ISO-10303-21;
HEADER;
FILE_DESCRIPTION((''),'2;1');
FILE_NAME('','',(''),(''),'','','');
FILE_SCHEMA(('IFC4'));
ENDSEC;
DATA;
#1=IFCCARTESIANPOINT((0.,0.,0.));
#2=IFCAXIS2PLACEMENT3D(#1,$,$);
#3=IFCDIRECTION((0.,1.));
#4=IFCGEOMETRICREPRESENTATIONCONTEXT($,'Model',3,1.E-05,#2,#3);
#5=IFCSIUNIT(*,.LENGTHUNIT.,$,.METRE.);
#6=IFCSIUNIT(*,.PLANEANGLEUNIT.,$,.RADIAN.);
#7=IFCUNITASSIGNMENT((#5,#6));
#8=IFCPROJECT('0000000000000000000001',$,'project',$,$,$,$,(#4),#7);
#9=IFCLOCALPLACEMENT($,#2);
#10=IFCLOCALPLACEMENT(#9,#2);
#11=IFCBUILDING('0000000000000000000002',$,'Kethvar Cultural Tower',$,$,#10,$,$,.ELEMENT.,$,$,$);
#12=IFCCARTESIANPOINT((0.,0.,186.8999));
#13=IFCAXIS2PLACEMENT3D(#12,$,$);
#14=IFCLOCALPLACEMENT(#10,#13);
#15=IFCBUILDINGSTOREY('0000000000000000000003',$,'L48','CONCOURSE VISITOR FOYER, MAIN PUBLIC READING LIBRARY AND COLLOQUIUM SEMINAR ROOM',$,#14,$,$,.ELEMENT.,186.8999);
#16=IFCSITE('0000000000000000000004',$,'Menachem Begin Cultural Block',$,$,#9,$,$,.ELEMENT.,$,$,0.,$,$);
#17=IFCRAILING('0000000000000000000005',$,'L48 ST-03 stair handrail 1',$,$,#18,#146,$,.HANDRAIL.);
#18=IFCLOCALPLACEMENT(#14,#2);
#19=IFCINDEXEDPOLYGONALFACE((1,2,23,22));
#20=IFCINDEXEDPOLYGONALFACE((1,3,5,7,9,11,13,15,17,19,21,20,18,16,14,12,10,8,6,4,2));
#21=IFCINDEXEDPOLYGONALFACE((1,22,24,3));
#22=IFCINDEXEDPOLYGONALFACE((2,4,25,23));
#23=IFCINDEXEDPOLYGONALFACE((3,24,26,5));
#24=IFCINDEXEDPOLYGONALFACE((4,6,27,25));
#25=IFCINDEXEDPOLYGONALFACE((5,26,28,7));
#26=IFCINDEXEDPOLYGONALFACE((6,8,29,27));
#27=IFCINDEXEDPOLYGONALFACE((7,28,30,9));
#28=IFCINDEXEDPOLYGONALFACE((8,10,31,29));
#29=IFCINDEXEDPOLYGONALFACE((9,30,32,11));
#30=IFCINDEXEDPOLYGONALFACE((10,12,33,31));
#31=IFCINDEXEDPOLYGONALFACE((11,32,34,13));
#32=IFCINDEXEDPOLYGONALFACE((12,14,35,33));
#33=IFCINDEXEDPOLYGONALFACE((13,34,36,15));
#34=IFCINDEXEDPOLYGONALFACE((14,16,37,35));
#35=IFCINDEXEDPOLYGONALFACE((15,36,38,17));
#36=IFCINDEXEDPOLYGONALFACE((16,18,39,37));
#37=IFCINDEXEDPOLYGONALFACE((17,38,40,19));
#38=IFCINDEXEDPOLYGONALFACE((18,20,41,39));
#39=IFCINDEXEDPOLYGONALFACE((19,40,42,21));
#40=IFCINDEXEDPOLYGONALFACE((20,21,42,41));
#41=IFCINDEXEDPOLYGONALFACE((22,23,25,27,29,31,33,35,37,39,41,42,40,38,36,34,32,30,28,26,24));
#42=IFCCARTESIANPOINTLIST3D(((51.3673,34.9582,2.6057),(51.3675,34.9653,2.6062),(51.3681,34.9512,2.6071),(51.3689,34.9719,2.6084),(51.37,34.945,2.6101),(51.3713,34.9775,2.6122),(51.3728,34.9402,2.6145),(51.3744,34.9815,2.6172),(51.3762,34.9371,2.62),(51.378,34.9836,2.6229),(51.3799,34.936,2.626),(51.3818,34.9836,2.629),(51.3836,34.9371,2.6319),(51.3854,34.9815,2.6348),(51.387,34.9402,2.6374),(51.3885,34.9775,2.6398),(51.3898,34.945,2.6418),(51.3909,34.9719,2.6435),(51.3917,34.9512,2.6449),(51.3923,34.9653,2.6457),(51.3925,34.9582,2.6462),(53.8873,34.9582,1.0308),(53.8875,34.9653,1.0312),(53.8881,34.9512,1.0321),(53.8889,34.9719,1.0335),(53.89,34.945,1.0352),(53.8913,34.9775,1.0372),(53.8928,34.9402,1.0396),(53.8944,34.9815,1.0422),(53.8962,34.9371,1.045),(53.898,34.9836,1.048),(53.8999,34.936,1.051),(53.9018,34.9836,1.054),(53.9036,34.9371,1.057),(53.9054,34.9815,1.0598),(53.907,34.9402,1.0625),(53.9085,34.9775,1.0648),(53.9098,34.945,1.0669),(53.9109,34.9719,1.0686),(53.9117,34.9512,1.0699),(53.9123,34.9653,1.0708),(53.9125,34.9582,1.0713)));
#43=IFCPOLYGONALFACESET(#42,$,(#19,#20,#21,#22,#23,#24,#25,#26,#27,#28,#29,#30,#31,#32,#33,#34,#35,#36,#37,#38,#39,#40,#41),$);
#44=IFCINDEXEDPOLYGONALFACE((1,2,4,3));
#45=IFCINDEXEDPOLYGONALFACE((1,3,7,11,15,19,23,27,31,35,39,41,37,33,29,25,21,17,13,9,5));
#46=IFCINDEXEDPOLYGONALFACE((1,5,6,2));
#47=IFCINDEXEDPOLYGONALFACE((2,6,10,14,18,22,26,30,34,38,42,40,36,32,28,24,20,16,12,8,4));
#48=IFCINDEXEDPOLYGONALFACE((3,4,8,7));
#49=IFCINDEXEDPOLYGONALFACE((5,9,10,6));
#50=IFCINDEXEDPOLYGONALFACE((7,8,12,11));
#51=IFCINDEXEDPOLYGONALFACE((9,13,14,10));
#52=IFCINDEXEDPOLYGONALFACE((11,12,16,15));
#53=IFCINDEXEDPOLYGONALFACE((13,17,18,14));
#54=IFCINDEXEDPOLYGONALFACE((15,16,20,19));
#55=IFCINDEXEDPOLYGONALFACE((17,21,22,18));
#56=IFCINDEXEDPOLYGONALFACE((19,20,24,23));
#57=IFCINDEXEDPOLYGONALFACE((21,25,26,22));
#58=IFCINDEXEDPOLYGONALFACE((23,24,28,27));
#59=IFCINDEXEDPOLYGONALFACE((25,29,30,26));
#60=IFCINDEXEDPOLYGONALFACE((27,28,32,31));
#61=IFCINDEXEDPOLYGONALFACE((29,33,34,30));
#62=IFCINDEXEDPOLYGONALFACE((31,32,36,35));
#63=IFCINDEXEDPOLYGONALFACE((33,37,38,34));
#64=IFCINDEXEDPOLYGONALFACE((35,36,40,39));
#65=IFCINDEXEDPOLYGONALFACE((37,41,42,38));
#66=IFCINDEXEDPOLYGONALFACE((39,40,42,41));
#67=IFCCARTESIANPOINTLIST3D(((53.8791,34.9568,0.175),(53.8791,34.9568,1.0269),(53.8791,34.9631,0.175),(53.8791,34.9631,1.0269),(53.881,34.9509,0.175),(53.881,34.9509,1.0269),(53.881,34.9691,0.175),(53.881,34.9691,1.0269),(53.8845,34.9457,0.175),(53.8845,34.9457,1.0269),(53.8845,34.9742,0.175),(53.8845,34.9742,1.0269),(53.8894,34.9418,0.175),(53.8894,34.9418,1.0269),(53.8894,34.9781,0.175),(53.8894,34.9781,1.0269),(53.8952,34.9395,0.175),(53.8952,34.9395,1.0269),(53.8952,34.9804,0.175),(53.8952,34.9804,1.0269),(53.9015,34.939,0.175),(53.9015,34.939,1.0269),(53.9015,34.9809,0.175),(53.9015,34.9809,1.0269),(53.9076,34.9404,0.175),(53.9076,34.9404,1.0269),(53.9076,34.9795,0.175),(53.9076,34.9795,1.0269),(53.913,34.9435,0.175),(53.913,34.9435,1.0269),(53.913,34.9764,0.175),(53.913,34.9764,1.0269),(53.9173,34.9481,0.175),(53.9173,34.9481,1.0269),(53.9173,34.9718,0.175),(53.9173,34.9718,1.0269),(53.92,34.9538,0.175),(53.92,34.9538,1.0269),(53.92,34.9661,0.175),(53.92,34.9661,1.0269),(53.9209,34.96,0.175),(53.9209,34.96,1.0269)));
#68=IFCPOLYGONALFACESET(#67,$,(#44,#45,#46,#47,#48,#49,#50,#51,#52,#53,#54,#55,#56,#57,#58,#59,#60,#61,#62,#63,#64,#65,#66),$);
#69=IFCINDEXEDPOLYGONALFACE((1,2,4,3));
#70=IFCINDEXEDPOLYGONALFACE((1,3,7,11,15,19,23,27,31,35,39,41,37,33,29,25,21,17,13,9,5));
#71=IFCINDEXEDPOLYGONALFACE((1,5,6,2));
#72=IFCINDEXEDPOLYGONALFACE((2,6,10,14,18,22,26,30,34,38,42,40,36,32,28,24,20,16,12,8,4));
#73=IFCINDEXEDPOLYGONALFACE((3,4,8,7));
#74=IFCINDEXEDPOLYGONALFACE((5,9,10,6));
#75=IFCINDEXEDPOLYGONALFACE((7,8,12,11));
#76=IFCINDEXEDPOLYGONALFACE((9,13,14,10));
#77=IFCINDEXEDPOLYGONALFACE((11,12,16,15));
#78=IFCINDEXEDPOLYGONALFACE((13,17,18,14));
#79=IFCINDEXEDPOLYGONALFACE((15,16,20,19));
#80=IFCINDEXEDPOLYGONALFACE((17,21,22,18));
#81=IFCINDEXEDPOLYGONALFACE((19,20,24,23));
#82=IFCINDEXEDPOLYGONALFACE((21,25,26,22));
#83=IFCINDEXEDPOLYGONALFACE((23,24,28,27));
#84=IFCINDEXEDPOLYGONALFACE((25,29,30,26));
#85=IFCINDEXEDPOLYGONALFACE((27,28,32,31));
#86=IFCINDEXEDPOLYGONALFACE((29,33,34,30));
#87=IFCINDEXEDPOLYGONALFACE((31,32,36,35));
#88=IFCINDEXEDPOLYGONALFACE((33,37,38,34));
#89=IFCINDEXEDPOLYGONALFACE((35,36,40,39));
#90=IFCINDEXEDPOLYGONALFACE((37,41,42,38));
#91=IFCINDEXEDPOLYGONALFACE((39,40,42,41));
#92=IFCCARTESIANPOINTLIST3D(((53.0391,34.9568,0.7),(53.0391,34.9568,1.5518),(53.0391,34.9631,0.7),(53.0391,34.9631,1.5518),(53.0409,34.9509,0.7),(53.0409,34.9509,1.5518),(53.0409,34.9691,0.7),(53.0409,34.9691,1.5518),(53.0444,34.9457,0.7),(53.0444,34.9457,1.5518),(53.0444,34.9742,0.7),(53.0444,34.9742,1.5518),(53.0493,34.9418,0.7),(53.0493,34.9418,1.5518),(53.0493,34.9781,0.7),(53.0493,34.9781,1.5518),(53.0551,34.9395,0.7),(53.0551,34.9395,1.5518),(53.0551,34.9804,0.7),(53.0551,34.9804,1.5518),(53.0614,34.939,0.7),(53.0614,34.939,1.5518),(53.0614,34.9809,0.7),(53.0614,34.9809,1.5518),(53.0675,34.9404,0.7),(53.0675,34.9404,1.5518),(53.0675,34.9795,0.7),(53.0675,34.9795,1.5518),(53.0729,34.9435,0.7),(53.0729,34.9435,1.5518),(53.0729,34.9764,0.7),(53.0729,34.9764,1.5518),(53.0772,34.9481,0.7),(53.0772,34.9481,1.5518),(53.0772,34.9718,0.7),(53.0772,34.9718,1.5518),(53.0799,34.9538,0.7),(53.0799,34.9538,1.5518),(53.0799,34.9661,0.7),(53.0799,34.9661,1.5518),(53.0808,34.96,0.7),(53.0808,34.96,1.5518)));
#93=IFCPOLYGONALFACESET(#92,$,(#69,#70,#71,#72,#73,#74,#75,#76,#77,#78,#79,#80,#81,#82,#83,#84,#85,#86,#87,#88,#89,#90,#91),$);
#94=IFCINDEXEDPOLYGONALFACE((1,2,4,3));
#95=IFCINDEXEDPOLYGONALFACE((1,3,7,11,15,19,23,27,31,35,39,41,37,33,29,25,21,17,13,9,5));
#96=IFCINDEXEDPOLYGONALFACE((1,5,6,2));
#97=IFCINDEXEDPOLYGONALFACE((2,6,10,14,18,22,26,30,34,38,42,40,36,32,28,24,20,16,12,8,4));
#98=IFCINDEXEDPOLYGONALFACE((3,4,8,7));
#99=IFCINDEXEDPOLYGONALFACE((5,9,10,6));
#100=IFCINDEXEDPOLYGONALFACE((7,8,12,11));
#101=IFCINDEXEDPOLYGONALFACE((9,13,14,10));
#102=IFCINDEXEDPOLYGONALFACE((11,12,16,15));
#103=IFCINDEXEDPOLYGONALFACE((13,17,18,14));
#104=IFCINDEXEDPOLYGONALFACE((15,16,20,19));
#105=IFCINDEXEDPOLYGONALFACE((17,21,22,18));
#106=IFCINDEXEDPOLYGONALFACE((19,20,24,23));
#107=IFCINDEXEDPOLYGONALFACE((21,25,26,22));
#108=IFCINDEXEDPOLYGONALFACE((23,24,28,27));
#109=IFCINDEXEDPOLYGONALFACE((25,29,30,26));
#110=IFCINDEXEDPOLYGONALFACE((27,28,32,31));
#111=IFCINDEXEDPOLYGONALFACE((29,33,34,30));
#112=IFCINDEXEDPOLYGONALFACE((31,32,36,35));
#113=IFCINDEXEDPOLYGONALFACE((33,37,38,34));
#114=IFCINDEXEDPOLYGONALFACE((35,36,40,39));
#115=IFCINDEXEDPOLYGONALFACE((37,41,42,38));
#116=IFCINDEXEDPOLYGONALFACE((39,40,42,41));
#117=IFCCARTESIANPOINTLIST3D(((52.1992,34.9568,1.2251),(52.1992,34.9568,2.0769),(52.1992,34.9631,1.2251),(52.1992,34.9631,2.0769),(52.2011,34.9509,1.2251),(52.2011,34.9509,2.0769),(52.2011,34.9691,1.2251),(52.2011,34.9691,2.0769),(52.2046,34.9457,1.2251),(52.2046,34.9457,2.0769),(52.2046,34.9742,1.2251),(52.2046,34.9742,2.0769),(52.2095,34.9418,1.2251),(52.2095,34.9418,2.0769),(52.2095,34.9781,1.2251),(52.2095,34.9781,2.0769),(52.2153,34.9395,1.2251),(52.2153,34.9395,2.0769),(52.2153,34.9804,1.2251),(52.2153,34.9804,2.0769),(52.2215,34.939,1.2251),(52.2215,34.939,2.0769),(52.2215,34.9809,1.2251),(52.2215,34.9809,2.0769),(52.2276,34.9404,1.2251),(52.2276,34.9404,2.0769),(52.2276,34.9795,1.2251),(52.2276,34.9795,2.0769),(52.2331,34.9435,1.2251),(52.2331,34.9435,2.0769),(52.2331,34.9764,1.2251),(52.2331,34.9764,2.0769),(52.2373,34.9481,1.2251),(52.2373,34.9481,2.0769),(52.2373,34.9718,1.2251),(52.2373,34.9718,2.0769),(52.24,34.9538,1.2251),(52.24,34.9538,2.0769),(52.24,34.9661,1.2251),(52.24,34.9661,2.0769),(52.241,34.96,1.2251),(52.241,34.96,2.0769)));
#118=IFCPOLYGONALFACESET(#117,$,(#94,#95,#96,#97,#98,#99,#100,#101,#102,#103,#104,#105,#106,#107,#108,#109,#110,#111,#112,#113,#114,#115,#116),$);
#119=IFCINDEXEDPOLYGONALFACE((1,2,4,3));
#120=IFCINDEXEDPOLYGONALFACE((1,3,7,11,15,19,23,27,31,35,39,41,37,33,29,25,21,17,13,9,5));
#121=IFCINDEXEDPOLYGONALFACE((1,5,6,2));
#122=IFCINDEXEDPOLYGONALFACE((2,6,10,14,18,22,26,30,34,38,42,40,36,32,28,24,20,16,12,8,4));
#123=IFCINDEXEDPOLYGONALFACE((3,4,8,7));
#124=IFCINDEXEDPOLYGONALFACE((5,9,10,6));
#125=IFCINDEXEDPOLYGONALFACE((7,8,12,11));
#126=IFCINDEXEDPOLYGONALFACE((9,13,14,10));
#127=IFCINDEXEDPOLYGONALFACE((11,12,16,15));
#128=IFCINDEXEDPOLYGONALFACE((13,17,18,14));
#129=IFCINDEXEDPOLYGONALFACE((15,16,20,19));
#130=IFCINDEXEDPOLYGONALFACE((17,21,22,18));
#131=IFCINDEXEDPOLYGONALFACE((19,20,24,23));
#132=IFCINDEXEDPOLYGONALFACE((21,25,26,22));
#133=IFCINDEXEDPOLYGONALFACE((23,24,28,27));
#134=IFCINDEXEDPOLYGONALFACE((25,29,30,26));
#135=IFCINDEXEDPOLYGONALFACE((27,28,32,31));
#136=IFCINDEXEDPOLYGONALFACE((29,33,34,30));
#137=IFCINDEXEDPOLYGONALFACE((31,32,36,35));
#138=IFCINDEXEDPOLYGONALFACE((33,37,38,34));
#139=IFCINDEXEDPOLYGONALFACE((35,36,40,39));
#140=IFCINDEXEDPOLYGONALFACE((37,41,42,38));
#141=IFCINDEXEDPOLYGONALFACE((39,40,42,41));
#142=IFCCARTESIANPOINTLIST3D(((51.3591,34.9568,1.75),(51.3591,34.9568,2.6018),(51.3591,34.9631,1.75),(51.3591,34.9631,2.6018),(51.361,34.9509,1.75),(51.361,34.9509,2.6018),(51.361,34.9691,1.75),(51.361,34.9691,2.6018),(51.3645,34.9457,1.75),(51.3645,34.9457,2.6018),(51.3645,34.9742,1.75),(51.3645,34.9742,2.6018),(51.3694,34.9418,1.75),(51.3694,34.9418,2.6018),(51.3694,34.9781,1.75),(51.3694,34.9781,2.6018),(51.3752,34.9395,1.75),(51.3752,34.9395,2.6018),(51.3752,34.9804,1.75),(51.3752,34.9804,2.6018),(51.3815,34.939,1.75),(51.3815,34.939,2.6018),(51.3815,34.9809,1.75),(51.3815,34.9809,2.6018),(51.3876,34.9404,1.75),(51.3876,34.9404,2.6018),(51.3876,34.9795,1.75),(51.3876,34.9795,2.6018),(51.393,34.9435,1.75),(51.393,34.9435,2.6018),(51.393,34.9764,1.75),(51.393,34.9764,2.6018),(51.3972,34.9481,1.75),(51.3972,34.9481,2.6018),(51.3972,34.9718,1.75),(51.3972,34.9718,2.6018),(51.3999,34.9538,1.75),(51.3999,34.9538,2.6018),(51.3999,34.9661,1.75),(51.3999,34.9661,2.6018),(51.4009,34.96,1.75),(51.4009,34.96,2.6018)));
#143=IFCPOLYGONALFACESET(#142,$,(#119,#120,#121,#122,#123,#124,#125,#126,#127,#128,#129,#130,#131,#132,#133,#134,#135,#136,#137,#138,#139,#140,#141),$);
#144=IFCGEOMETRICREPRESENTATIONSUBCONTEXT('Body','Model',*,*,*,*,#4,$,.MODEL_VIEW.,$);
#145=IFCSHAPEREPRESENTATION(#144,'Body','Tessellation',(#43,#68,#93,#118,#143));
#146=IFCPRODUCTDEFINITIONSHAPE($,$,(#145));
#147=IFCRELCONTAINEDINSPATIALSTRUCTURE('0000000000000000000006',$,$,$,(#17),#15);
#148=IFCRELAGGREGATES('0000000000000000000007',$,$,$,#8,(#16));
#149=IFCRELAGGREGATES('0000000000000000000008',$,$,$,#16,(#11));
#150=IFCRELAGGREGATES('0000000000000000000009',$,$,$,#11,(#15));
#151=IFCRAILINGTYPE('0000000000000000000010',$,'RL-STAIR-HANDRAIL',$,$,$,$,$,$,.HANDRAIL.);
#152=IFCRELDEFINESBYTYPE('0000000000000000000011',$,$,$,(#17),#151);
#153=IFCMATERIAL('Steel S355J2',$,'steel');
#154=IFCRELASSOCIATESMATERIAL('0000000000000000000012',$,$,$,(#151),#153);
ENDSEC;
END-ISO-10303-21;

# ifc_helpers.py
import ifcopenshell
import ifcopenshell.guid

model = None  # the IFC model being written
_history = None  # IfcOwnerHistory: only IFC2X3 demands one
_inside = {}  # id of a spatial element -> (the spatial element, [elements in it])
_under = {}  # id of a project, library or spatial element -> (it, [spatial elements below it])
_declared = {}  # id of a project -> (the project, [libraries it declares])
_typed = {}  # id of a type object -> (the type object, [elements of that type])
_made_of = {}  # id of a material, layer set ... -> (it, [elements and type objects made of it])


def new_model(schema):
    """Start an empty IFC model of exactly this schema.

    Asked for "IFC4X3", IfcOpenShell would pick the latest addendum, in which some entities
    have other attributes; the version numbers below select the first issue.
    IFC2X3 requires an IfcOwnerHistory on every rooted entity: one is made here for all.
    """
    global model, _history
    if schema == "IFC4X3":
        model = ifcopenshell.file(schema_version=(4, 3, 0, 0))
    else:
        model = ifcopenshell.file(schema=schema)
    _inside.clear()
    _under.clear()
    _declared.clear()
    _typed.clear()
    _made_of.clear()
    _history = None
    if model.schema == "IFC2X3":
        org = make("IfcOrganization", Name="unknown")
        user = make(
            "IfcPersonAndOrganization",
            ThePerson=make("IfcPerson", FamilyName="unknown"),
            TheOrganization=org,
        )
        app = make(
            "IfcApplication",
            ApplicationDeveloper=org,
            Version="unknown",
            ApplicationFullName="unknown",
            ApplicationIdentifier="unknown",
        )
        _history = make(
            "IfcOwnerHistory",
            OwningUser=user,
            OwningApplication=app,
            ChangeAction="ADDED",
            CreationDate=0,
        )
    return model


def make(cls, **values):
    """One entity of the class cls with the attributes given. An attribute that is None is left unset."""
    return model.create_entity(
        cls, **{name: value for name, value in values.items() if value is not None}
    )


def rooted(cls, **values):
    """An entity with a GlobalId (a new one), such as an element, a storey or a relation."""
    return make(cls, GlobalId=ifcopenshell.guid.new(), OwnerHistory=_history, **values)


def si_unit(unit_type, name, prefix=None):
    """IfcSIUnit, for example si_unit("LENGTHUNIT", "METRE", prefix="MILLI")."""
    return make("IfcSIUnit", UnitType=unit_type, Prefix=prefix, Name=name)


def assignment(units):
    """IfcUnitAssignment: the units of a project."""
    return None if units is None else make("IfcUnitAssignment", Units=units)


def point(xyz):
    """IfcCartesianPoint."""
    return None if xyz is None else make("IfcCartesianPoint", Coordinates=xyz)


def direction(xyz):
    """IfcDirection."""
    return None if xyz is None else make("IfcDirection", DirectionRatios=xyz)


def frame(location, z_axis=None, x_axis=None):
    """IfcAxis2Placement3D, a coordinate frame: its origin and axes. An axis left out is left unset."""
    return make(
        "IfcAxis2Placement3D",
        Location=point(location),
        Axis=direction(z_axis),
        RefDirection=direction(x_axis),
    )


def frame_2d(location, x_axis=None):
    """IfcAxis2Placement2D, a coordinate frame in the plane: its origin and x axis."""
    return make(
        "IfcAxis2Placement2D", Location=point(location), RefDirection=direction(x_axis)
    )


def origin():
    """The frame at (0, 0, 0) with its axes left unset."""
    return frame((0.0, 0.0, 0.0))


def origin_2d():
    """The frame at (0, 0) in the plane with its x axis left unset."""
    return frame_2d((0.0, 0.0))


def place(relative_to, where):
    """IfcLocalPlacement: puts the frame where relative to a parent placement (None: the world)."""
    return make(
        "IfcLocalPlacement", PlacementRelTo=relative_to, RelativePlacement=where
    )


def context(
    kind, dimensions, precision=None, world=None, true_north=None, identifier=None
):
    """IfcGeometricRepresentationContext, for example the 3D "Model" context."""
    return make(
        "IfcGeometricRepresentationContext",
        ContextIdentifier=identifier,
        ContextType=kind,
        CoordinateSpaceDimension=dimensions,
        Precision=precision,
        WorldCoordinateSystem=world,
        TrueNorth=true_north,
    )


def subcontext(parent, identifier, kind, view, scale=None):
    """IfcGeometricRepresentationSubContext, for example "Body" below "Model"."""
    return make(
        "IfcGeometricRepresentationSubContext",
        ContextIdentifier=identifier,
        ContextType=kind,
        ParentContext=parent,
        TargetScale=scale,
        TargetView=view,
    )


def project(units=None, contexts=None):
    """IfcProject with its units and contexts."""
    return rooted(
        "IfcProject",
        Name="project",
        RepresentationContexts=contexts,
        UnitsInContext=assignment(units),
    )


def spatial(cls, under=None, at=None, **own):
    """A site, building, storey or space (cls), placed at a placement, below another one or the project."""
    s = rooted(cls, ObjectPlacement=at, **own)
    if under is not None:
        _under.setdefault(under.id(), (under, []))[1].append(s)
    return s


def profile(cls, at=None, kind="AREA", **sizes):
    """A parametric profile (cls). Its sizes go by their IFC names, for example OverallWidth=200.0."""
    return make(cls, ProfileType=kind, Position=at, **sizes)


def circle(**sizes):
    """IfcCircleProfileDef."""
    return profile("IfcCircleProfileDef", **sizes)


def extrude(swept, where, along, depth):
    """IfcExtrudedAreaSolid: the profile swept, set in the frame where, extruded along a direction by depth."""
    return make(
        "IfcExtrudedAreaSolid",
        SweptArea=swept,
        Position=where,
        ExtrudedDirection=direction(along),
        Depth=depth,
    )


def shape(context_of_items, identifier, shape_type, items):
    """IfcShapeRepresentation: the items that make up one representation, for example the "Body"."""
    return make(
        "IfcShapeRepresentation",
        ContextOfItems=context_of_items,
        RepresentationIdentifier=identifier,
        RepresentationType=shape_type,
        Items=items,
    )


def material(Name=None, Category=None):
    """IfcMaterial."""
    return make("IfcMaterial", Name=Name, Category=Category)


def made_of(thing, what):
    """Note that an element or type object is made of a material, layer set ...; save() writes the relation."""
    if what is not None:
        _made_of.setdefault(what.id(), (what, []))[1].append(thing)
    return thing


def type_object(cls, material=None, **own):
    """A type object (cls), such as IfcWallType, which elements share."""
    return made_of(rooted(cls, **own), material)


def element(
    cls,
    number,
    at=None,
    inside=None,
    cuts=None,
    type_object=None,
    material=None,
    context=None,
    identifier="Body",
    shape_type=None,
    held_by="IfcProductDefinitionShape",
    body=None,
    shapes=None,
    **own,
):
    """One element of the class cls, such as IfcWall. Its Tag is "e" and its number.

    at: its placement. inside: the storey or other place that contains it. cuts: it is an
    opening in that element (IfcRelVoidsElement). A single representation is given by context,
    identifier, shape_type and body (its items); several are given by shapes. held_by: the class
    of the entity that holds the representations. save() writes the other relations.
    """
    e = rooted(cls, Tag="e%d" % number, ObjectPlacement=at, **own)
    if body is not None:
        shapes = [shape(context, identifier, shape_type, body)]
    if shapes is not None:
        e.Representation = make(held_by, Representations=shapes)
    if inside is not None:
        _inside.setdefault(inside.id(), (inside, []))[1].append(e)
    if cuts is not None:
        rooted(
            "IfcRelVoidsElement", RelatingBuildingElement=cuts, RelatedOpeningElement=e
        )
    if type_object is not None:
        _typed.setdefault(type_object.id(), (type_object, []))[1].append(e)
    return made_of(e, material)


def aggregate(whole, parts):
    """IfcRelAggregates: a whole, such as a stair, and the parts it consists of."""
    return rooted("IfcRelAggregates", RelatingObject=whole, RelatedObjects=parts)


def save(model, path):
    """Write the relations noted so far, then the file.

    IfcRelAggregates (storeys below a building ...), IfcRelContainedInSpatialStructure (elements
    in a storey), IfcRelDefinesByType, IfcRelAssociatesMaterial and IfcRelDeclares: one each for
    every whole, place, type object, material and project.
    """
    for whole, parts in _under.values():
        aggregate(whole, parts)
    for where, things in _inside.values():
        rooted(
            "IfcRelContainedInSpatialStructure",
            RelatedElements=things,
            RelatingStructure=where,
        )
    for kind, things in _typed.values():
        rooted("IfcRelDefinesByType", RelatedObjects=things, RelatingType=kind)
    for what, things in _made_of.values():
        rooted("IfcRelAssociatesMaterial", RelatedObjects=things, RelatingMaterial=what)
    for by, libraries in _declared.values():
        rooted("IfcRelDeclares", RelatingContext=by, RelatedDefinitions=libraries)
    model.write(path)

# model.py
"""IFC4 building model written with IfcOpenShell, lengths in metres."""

from ifc_helpers import new_model, si_unit, direction, frame, origin, origin_2d, place, context, subcontext, project, spatial, circle, extrude, material, type_object, element, save


model = new_model("IFC4")

# Units and contexts
model_context = context("Model", 3, precision=1e-05, world=origin(), true_north=direction((0.0, 1.0)))
body_context = subcontext(model_context, "Body", "Model", "MODEL_VIEW")
ifc_project = project(units=[si_unit("LENGTHUNIT", "METRE"), si_unit("PLANEANGLEUNIT", "RADIAN")], contexts=[model_context])

# Site, building, storey
site_placement = place(None, origin())
site = spatial("IfcSite", under=ifc_project, at=site_placement, Name="Menachem Begin Cultural Block", CompositionType="ELEMENT", RefElevation=0.0)
building_placement = place(site_placement, origin())
building = spatial("IfcBuilding", under=site, at=building_placement, Name="Kethvar Cultural Tower", CompositionType="ELEMENT")
storey_placement = place(building_placement, frame((0.0, 0.0, 186.8999)))
storey = spatial("IfcBuildingStorey", under=building, at=storey_placement, Name="L48", Description="CONCOURSE VISITOR FOYER, MAIN PUBLIC READING LIBRARY AND COLLOQUIUM SEMINAR ROOM", CompositionType="ELEMENT", Elevation=186.8999)

# Shared definitions
ifc_material_1 = material(Name="Steel S355J2", Category="steel")

# Railing
railing_type_1 = type_object("IfcRailingType", Name="RL-STAIR-HANDRAIL", PredefinedType="HANDRAIL", material=ifc_material_1)
railing_1_placement = place(storey_placement, frame((53.8999, 34.96, 0.175)))
element("IfcRailing", 1, at=railing_1_placement, inside=storey, type_object=railing_type_1, Name="L48 ST-03 stair handrail 1", PredefinedType="HANDRAIL", context=body_context, shape_type="SweptSolid", body=[
    extrude(circle(Radius=0.0239, at=origin_2d()), frame((0.0, 0.0, 0.876), z_axis=(-0.848008, 0.0, 0.529984), x_axis=(0.0, -1.0, 0.0)), (0.0, 0.0, 1.0), 2.9717),
    extrude(circle(Radius=0.021, at=origin_2d()), origin(), (0.0, 0.0, 1.0), 0.8518),
    extrude(circle(Radius=0.021, at=origin_2d()), frame((-0.8401, 0.0, 0.5249)), (0.0, 0.0, 1.0), 0.8518),
    extrude(circle(Radius=0.021, at=origin_2d()), frame((-1.6799, 0.0, 1.05)), (0.0, 0.0, 1.0), 0.8518),
    extrude(circle(Radius=0.021, at=origin_2d()), frame((-2.52, 0.0, 1.575)), (0.0, 0.0, 1.0), 0.8518),
])

save(model, "model.ifc")
